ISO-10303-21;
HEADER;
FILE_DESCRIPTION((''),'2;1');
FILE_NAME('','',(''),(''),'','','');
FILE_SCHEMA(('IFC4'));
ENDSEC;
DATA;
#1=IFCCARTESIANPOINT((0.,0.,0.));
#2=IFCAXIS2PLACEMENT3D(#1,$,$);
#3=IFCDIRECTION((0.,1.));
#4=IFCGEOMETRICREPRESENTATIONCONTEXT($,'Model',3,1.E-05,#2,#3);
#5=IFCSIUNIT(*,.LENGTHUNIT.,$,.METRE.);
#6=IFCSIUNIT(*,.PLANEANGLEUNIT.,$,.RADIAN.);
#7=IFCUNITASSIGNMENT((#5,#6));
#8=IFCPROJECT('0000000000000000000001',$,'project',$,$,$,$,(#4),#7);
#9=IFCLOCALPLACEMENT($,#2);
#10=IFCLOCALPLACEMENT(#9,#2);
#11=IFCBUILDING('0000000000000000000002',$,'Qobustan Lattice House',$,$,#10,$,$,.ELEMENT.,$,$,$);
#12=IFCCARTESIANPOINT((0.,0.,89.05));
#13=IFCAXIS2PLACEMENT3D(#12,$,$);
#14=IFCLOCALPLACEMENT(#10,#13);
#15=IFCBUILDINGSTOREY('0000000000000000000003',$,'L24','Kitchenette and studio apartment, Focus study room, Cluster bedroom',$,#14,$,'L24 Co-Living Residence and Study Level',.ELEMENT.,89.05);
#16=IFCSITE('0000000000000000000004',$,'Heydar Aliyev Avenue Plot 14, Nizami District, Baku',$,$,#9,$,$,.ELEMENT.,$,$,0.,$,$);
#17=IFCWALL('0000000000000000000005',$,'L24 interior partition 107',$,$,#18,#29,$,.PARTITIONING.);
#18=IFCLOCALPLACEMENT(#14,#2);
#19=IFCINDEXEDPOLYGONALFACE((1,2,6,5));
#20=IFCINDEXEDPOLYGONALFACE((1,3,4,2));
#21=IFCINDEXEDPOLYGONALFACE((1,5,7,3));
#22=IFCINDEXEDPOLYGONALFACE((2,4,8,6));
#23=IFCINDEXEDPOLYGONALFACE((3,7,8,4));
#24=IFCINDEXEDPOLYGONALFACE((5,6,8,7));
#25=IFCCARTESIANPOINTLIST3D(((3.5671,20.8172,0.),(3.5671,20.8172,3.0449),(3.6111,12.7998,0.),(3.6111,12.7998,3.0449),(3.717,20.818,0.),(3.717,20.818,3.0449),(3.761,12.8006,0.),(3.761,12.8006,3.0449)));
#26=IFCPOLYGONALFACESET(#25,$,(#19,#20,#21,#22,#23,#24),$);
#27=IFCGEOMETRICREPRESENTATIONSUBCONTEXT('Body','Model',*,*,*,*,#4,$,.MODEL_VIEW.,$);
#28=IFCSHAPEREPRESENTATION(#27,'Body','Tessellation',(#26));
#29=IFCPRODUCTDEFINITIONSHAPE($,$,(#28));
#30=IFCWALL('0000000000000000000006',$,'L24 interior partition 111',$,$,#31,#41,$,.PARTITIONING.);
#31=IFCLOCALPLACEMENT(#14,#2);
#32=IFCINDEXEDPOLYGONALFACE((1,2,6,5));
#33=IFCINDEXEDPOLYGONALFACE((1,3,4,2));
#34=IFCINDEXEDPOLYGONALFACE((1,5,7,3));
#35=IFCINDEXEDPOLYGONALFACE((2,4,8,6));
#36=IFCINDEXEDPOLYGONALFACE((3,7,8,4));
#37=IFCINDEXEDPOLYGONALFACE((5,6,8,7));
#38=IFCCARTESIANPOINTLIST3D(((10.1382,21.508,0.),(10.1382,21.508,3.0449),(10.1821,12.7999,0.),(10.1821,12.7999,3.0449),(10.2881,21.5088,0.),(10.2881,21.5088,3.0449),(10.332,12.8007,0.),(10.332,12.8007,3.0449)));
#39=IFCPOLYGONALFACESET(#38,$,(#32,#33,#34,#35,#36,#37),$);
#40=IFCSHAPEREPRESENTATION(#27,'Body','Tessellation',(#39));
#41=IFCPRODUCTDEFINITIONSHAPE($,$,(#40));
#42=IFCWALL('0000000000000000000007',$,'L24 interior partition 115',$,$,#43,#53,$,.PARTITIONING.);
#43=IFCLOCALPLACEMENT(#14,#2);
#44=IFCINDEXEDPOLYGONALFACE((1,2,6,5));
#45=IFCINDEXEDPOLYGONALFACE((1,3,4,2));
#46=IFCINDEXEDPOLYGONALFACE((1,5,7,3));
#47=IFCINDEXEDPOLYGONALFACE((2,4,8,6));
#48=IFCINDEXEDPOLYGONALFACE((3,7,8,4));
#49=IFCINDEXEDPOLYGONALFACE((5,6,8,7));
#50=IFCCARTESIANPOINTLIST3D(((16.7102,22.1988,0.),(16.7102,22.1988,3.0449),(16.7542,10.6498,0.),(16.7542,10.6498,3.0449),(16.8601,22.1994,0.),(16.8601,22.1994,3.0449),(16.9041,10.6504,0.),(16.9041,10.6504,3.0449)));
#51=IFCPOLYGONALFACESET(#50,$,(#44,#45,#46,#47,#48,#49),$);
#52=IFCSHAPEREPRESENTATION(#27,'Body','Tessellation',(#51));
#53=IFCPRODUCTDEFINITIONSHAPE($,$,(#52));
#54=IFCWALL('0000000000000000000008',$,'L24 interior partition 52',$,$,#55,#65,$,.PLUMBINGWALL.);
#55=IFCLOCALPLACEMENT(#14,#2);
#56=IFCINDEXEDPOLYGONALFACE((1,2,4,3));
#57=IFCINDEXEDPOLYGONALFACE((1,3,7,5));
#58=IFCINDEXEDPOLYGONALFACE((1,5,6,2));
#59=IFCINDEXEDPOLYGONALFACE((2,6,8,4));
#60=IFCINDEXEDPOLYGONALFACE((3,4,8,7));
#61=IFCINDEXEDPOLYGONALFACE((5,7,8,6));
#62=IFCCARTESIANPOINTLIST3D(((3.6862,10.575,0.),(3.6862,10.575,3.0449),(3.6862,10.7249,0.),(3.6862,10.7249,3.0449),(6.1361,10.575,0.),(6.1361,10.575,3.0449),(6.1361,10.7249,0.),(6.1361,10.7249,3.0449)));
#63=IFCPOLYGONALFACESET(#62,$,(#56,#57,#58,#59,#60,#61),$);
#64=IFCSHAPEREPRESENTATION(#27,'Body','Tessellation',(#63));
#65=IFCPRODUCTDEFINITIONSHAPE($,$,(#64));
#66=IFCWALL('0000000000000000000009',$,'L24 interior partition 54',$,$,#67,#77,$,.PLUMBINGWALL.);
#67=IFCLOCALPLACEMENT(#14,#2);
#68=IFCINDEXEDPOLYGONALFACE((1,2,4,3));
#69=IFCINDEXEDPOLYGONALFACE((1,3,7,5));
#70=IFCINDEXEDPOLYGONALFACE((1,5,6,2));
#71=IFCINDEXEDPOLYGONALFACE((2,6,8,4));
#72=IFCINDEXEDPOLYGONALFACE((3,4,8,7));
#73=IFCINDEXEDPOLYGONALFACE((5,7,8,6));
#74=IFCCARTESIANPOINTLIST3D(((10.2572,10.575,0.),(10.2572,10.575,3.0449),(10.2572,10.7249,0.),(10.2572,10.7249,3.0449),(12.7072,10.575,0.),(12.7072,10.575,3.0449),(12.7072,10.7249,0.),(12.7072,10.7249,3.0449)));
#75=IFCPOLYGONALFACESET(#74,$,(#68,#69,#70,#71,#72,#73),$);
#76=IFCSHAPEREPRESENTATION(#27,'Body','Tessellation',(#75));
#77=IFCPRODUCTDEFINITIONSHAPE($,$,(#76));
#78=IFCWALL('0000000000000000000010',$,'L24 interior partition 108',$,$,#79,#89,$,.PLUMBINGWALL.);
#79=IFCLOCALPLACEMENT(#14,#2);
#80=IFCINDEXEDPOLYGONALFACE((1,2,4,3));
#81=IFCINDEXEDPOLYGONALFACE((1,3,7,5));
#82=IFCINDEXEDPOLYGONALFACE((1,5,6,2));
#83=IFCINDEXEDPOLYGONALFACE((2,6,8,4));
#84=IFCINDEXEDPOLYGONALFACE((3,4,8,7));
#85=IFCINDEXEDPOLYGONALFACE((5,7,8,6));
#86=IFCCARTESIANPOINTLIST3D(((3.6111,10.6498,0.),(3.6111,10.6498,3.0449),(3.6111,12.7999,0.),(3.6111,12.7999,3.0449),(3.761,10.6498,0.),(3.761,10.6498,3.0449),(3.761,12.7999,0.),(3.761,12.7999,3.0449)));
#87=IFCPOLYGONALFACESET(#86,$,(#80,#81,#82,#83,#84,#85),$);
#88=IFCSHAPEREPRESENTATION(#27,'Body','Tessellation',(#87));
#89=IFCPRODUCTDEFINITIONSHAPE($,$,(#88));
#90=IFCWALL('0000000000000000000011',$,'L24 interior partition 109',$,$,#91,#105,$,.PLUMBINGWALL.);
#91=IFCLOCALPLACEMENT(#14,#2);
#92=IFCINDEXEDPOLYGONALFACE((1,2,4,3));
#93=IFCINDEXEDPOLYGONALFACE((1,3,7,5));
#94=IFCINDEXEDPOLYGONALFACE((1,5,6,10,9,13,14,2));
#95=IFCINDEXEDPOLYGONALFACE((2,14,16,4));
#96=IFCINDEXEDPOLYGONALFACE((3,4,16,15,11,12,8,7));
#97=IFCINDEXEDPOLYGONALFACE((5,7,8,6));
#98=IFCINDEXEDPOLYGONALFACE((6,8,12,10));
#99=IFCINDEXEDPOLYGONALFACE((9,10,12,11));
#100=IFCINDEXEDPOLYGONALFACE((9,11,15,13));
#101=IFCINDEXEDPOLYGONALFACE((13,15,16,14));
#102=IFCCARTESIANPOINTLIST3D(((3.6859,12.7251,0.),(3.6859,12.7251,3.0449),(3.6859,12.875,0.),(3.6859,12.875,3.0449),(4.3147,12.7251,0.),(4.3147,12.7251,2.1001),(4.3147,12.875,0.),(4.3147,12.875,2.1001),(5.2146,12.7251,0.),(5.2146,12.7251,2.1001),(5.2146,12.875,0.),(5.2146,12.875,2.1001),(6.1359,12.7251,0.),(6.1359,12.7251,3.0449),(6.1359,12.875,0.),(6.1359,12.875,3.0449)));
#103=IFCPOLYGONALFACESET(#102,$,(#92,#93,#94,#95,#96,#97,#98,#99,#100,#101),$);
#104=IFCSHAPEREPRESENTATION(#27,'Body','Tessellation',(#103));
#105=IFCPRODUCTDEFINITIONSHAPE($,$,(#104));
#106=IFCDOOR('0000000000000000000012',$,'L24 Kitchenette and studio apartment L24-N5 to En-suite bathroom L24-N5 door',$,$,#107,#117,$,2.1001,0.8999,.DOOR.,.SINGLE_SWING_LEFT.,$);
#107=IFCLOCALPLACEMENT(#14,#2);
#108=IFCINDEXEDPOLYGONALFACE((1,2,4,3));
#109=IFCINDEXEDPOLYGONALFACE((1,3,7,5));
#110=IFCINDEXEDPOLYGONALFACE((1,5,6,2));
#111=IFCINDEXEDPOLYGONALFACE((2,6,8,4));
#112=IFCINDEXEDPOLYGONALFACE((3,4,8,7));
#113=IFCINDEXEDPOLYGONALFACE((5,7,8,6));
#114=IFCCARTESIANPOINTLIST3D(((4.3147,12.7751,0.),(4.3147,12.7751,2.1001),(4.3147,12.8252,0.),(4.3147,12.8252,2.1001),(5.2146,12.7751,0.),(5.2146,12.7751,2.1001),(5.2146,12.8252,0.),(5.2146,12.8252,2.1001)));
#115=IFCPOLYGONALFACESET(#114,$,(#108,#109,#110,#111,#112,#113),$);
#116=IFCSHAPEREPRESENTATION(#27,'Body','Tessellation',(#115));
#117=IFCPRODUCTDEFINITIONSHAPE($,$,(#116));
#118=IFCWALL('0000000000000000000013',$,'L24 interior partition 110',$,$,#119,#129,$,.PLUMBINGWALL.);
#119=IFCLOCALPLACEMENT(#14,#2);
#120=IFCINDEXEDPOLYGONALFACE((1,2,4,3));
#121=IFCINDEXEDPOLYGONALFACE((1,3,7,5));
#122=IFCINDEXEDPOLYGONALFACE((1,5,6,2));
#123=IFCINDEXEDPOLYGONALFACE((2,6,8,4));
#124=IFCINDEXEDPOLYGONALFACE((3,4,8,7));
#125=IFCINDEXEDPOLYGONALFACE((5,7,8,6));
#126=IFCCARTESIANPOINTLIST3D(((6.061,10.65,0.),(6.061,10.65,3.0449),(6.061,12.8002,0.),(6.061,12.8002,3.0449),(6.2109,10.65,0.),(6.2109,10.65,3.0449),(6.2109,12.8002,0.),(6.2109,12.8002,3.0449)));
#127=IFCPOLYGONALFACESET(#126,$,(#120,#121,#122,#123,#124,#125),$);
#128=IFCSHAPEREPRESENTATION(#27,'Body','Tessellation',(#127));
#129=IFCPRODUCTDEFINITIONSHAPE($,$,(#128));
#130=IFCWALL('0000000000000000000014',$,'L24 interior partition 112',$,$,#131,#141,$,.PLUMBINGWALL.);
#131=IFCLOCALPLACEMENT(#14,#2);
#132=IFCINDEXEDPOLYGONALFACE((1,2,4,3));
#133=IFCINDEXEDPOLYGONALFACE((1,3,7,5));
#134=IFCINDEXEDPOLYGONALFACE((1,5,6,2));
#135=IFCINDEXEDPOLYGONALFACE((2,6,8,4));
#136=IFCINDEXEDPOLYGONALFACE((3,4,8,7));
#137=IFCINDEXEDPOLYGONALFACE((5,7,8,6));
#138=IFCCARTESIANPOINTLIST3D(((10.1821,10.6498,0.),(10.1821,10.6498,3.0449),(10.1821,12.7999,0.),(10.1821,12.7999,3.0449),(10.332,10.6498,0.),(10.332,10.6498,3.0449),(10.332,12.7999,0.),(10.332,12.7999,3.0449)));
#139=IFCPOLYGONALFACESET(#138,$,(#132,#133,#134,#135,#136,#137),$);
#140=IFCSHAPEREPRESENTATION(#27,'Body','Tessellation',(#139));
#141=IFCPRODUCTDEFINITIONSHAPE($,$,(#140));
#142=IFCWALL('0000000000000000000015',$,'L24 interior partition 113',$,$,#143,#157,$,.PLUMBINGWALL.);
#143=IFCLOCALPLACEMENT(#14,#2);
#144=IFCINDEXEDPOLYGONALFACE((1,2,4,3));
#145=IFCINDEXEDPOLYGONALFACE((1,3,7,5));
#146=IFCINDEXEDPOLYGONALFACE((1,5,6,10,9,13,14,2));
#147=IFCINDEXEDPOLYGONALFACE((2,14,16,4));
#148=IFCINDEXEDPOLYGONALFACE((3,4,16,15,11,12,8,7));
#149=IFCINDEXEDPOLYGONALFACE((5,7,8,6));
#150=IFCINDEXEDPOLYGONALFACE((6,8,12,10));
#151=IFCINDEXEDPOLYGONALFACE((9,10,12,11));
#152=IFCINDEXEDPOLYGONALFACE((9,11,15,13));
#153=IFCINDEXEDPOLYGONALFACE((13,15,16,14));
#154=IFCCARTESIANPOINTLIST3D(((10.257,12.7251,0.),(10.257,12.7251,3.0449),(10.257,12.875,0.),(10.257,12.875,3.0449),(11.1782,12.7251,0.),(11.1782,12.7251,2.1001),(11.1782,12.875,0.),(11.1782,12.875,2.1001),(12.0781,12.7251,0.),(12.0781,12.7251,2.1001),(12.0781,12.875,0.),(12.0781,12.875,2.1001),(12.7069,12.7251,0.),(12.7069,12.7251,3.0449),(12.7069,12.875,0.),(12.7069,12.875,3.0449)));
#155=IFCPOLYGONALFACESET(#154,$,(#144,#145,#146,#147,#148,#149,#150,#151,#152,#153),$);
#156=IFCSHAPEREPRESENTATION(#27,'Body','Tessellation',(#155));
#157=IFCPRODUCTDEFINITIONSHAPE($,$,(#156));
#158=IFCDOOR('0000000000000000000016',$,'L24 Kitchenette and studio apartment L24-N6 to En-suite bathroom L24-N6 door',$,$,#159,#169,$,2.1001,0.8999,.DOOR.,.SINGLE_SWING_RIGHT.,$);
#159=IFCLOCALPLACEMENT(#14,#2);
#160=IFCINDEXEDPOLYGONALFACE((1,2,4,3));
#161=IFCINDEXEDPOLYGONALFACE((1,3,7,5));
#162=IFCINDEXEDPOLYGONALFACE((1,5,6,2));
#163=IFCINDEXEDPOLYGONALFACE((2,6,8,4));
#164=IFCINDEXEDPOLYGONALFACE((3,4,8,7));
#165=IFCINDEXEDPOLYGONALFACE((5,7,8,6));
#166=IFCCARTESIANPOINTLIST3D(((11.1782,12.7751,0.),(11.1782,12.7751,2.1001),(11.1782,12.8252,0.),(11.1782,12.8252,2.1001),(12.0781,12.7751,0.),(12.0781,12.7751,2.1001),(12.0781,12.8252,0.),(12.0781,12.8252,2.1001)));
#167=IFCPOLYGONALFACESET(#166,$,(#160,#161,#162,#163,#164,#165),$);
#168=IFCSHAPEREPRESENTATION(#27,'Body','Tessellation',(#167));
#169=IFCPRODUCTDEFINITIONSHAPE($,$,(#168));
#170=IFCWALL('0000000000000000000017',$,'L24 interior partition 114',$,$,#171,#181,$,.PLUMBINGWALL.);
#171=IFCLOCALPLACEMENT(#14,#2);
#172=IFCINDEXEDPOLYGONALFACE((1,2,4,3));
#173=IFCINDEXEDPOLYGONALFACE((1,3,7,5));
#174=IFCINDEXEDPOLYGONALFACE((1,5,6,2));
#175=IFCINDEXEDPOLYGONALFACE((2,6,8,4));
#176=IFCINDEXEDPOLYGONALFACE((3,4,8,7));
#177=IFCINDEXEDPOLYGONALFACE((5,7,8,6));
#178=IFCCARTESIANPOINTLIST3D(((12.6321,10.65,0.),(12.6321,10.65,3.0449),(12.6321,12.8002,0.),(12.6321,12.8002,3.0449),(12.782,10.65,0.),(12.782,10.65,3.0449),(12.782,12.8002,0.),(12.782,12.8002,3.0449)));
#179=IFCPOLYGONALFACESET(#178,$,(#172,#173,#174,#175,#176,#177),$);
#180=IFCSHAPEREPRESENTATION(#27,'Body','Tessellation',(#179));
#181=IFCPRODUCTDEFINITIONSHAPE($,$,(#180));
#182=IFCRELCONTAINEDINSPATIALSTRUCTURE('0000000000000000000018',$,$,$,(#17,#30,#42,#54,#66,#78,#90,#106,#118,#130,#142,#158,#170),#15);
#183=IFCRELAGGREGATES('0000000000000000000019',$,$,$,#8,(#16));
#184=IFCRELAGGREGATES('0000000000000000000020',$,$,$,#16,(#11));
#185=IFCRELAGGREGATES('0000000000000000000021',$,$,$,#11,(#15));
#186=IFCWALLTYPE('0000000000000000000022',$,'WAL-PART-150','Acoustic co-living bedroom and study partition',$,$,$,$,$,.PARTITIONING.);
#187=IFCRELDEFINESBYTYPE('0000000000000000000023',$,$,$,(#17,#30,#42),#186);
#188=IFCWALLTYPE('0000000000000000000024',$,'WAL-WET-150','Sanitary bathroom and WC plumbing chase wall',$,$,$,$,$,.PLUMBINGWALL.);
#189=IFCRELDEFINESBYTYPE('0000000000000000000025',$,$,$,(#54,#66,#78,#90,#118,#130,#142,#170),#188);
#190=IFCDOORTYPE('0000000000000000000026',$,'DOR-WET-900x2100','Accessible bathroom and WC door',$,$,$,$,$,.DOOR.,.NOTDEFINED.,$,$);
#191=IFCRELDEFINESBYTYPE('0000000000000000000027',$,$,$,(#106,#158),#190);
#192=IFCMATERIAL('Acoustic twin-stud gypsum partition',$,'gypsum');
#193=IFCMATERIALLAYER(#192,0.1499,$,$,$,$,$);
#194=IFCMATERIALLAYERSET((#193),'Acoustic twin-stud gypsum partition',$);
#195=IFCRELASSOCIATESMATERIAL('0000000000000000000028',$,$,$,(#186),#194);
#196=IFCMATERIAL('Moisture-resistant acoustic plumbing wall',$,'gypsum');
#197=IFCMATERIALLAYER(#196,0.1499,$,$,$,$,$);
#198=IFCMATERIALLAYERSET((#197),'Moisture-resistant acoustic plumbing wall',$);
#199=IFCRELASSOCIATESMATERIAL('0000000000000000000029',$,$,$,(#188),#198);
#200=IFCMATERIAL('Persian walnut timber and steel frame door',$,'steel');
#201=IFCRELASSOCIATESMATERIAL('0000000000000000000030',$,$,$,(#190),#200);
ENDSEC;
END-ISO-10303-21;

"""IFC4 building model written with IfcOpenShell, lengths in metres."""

from ifc_helpers import new_model, si_unit, direction, frame, frame_2d, origin, place, context, subcontext, project, spatial, rectangle, extrude, material, layer, layer_set, type_object, element, fill, save


model = new_model("IFC4")

# Units and contexts
model_context = context("Model", 3, precision=1e-05, world=origin(), true_north=direction((0.0, 1.0)))
body_context = subcontext(model_context, "Body", "Model", "MODEL_VIEW")
ifc_project = project(units=[si_unit("LENGTHUNIT", "METRE"), si_unit("PLANEANGLEUNIT", "RADIAN")], contexts=[model_context])

# Site, building, storey
site_placement = place(None, origin())
site = spatial("IfcSite", under=ifc_project, at=site_placement, Name="Heydar Aliyev Avenue Plot 14, Nizami District, Baku", CompositionType="ELEMENT", RefElevation=0.0)
building_placement = place(site_placement, origin())
building = spatial("IfcBuilding", under=site, at=building_placement, Name="Qobustan Lattice House", CompositionType="ELEMENT")
storey_placement = place(building_placement, frame((0.0, 0.0, 89.05)))
storey = spatial("IfcBuildingStorey", under=building, at=storey_placement, Name="L24", Description="Kitchenette and studio apartment, Focus study room, Cluster bedroom", LongName="L24 Co-Living Residence and Study Level", CompositionType="ELEMENT", Elevation=89.05)

# Shared definitions
ifc_material_1 = material(Name="Acoustic twin-stud gypsum partition", Category="gypsum")
ifc_layer_1 = layer(ifc_material_1, 0.1499)
ifc_layer_set_1 = layer_set([ifc_layer_1], Name="Acoustic twin-stud gypsum partition")
wall_type_1 = type_object("IfcWallType", Name="WAL-PART-150", Description="Acoustic co-living bedroom and study partition", PredefinedType="PARTITIONING", material=ifc_layer_set_1)

# Walls
wall_1_placement = place(storey_placement, frame((3.6421, 20.8176, 0.0), z_axis=(0.0, 0.0, 1.0), x_axis=(0.005481, -0.999985, 0.0)))
element("IfcWall", 1, at=wall_1_placement, inside=storey, type_object=wall_type_1, Name="L24 interior partition 107", PredefinedType="PARTITIONING", context=body_context, shape_type="SweptSolid", body=[
    extrude(rectangle(XDim=8.0176, YDim=0.1499, at=frame_2d((4.0088, 0.0))), origin(), (0.0, 0.0, 1.0), 3.0449),
])
wall_2_placement = place(storey_placement, frame((10.2131, 21.5083, 0.0), z_axis=(0.0, 0.0, 1.0), x_axis=(0.005046, -0.999987, 0.0)))
element("IfcWall", 2, at=wall_2_placement, inside=storey, type_object=wall_type_1, Name="L24 interior partition 111", PredefinedType="PARTITIONING", context=body_context, shape_type="SweptSolid", body=[
    extrude(rectangle(XDim=8.7083, YDim=0.1499, at=frame_2d((4.354, 0.0))), origin(), (0.0, 0.0, 1.0), 3.0449),
])
wall_3_placement = place(storey_placement, frame((16.7852, 22.199, 0.0), z_axis=(0.0, 0.0, 1.0), x_axis=(0.003805, -0.999993, 0.0)))
element("IfcWall", 3, at=wall_3_placement, inside=storey, type_object=wall_type_1, Name="L24 interior partition 115", PredefinedType="PARTITIONING", context=body_context, shape_type="SweptSolid", body=[
    extrude(rectangle(XDim=11.5491, YDim=0.1499, at=frame_2d((5.7744, 0.0))), origin(), (0.0, 0.0, 1.0), 3.0449),
])
ifc_material_2 = material(Name="Moisture-resistant acoustic plumbing wall", Category="gypsum")
ifc_layer_2 = layer(ifc_material_2, 0.1499)
ifc_layer_set_2 = layer_set([ifc_layer_2], Name="Moisture-resistant acoustic plumbing wall")
wall_type_2 = type_object("IfcWallType", Name="WAL-WET-150", Description="Sanitary bathroom and WC plumbing chase wall", PredefinedType="PLUMBINGWALL", material=ifc_layer_set_2)
for number, where, z_axis, x_axis, name in (
    (4, (3.686, 10.6499, 0.0), (0.0, 0.0, 1.0), (1.0, 0.0, 0.0), "L24 interior partition 52"),
    (5, (10.2571, 10.6499, 0.0), (0.0, 0.0, 1.0), (1.0, 0.0, 0.0), "L24 interior partition 54"),
):
    element("IfcWall", number, at=place(storey_placement, frame(where, z_axis=z_axis, x_axis=x_axis)), inside=storey, type_object=wall_type_2, Name=name, PredefinedType="PLUMBINGWALL", context=body_context, shape_type="SweptSolid", body=[
        extrude(rectangle(XDim=2.45, YDim=0.1499, at=frame_2d((1.2251, 0.0))), origin(), (0.0, 0.0, 1.0), 3.0449),
    ])
wall_4_placement = place(storey_placement, frame((3.686, 12.8, 0.0), z_axis=(0.0, 0.0, 1.0), x_axis=(0.0, -1.0, 0.0)))
element("IfcWall", 6, at=wall_4_placement, inside=storey, type_object=wall_type_2, Name="L24 interior partition 108", PredefinedType="PLUMBINGWALL", context=body_context, shape_type="SweptSolid", body=[
    extrude(rectangle(XDim=2.1501, YDim=0.1499, at=frame_2d((1.0752, 0.0))), origin(), (0.0, 0.0, 1.0), 3.0449),
])

# Wall, opening, door
wall_5_placement = place(storey_placement, frame((6.136, 12.8, 0.0), z_axis=(0.0, 0.0, 1.0), x_axis=(-1.0, 0.0, 0.0)))
wall_5 = element("IfcWall", 7, at=wall_5_placement, inside=storey, type_object=wall_type_2, Name="L24 interior partition 109", PredefinedType="PLUMBINGWALL", context=body_context, shape_type="SweptSolid", body=[
    extrude(rectangle(XDim=2.45, YDim=0.1499, at=frame_2d((1.2251, 0.0))), origin(), (0.0, 0.0, 1.0), 3.0449),
])
opening_1_placement = place(wall_5_placement, frame((0.9214, 0.0, 0.0)))
opening_1 = element("IfcOpeningElement", 8, at=opening_1_placement, cuts=wall_5, PredefinedType="OPENING", context=body_context, shape_type="SweptSolid", body=[
    extrude(rectangle(XDim=0.8999, YDim=2.1001, at=frame_2d((0.45, 1.05))), frame((0.0, 0.085, 0.0), z_axis=(0.0, -1.0, 0.0), x_axis=(1.0, 0.0, 0.0)), (0.0, 0.0, 1.0), 0.1699),
])
ifc_material_3 = material(Name="Persian walnut timber and steel frame door", Category="steel")
door_type_1 = type_object("IfcDoorType", Name="DOR-WET-900x2100", Description="Accessible bathroom and WC door", OperationType="NOTDEFINED", PredefinedType="DOOR", material=ifc_material_3)
door_1_placement = place(opening_1_placement, origin())
door_1 = element("IfcDoor", 9, at=door_1_placement, inside=storey, type_object=door_type_1, Name="L24 Kitchenette and studio apartment L24-N5 to En-suite bathroom L24-N5 door", OperationType="SINGLE_SWING_LEFT", OverallHeight=2.1001, OverallWidth=0.8999, PredefinedType="DOOR", context=body_context, shape_type="SweptSolid", body=[
    extrude(rectangle(XDim=0.8999, YDim=2.1001, at=frame_2d((0.45, 1.05))), frame((0.0, 0.0249, 0.0), z_axis=(0.0, -1.0, 0.0), x_axis=(1.0, 0.0, 0.0)), (0.0, 0.0, 1.0), 0.05),
])
fill(opening_1, door_1)

# Walls
for number, where, z_axis, x_axis, name in (
    (10, (6.136, 10.6499, 0.0), (0.0, 0.0, 1.0), (0.0, 1.0, 0.0), "L24 interior partition 110"),
    (11, (10.2571, 12.8, 0.0), (0.0, 0.0, 1.0), (0.0, -1.0, 0.0), "L24 interior partition 112"),
):
    element("IfcWall", number, at=place(storey_placement, frame(where, z_axis=z_axis, x_axis=x_axis)), inside=storey, type_object=wall_type_2, Name=name, PredefinedType="PLUMBINGWALL", context=body_context, shape_type="SweptSolid", body=[
        extrude(rectangle(XDim=2.1501, YDim=0.1499, at=frame_2d((1.0752, 0.0))), origin(), (0.0, 0.0, 1.0), 3.0449),
    ])

# Wall, opening, door
wall_6_placement = place(storey_placement, frame((12.707, 12.8, 0.0), z_axis=(0.0, 0.0, 1.0), x_axis=(-1.0, 0.0, 0.0)))
wall_6 = element("IfcWall", 12, at=wall_6_placement, inside=storey, type_object=wall_type_2, Name="L24 interior partition 113", PredefinedType="PLUMBINGWALL", context=body_context, shape_type="SweptSolid", body=[
    extrude(rectangle(XDim=2.45, YDim=0.1499, at=frame_2d((1.2251, 0.0))), origin(), (0.0, 0.0, 1.0), 3.0449),
])
opening_2_placement = place(wall_6_placement, frame((0.6289, 0.0, 0.0)))
opening_2 = element("IfcOpeningElement", 13, at=opening_2_placement, cuts=wall_6, PredefinedType="OPENING", context=body_context, shape_type="SweptSolid", body=[
    extrude(rectangle(XDim=0.8999, YDim=2.1001, at=frame_2d((0.45, 1.05))), frame((0.0, 0.085, 0.0), z_axis=(0.0, -1.0, 0.0), x_axis=(1.0, 0.0, 0.0)), (0.0, 0.0, 1.0), 0.1699),
])
door_2_placement = place(opening_2_placement, origin())
door_2 = element("IfcDoor", 14, at=door_2_placement, inside=storey, type_object=door_type_1, Name="L24 Kitchenette and studio apartment L24-N6 to En-suite bathroom L24-N6 door", OperationType="SINGLE_SWING_RIGHT", OverallHeight=2.1001, OverallWidth=0.8999, PredefinedType="DOOR", context=body_context, shape_type="SweptSolid", body=[
    extrude(rectangle(XDim=0.8999, YDim=2.1001, at=frame_2d((0.45, 1.05))), frame((0.0, 0.0249, 0.0), z_axis=(0.0, -1.0, 0.0), x_axis=(1.0, 0.0, 0.0)), (0.0, 0.0, 1.0), 0.05),
])
fill(opening_2, door_2)

# Wall
wall_7_placement = place(storey_placement, frame((12.707, 10.6499, 0.0), z_axis=(0.0, 0.0, 1.0), x_axis=(0.0, 1.0, 0.0)))
element("IfcWall", 15, at=wall_7_placement, inside=storey, type_object=wall_type_2, Name="L24 interior partition 114", PredefinedType="PLUMBINGWALL", context=body_context, shape_type="SweptSolid", body=[
    extrude(rectangle(XDim=2.1501, YDim=0.1499, at=frame_2d((1.0752, 0.0))), origin(), (0.0, 0.0, 1.0), 3.0449),
])

save(model, "model.ifc")
